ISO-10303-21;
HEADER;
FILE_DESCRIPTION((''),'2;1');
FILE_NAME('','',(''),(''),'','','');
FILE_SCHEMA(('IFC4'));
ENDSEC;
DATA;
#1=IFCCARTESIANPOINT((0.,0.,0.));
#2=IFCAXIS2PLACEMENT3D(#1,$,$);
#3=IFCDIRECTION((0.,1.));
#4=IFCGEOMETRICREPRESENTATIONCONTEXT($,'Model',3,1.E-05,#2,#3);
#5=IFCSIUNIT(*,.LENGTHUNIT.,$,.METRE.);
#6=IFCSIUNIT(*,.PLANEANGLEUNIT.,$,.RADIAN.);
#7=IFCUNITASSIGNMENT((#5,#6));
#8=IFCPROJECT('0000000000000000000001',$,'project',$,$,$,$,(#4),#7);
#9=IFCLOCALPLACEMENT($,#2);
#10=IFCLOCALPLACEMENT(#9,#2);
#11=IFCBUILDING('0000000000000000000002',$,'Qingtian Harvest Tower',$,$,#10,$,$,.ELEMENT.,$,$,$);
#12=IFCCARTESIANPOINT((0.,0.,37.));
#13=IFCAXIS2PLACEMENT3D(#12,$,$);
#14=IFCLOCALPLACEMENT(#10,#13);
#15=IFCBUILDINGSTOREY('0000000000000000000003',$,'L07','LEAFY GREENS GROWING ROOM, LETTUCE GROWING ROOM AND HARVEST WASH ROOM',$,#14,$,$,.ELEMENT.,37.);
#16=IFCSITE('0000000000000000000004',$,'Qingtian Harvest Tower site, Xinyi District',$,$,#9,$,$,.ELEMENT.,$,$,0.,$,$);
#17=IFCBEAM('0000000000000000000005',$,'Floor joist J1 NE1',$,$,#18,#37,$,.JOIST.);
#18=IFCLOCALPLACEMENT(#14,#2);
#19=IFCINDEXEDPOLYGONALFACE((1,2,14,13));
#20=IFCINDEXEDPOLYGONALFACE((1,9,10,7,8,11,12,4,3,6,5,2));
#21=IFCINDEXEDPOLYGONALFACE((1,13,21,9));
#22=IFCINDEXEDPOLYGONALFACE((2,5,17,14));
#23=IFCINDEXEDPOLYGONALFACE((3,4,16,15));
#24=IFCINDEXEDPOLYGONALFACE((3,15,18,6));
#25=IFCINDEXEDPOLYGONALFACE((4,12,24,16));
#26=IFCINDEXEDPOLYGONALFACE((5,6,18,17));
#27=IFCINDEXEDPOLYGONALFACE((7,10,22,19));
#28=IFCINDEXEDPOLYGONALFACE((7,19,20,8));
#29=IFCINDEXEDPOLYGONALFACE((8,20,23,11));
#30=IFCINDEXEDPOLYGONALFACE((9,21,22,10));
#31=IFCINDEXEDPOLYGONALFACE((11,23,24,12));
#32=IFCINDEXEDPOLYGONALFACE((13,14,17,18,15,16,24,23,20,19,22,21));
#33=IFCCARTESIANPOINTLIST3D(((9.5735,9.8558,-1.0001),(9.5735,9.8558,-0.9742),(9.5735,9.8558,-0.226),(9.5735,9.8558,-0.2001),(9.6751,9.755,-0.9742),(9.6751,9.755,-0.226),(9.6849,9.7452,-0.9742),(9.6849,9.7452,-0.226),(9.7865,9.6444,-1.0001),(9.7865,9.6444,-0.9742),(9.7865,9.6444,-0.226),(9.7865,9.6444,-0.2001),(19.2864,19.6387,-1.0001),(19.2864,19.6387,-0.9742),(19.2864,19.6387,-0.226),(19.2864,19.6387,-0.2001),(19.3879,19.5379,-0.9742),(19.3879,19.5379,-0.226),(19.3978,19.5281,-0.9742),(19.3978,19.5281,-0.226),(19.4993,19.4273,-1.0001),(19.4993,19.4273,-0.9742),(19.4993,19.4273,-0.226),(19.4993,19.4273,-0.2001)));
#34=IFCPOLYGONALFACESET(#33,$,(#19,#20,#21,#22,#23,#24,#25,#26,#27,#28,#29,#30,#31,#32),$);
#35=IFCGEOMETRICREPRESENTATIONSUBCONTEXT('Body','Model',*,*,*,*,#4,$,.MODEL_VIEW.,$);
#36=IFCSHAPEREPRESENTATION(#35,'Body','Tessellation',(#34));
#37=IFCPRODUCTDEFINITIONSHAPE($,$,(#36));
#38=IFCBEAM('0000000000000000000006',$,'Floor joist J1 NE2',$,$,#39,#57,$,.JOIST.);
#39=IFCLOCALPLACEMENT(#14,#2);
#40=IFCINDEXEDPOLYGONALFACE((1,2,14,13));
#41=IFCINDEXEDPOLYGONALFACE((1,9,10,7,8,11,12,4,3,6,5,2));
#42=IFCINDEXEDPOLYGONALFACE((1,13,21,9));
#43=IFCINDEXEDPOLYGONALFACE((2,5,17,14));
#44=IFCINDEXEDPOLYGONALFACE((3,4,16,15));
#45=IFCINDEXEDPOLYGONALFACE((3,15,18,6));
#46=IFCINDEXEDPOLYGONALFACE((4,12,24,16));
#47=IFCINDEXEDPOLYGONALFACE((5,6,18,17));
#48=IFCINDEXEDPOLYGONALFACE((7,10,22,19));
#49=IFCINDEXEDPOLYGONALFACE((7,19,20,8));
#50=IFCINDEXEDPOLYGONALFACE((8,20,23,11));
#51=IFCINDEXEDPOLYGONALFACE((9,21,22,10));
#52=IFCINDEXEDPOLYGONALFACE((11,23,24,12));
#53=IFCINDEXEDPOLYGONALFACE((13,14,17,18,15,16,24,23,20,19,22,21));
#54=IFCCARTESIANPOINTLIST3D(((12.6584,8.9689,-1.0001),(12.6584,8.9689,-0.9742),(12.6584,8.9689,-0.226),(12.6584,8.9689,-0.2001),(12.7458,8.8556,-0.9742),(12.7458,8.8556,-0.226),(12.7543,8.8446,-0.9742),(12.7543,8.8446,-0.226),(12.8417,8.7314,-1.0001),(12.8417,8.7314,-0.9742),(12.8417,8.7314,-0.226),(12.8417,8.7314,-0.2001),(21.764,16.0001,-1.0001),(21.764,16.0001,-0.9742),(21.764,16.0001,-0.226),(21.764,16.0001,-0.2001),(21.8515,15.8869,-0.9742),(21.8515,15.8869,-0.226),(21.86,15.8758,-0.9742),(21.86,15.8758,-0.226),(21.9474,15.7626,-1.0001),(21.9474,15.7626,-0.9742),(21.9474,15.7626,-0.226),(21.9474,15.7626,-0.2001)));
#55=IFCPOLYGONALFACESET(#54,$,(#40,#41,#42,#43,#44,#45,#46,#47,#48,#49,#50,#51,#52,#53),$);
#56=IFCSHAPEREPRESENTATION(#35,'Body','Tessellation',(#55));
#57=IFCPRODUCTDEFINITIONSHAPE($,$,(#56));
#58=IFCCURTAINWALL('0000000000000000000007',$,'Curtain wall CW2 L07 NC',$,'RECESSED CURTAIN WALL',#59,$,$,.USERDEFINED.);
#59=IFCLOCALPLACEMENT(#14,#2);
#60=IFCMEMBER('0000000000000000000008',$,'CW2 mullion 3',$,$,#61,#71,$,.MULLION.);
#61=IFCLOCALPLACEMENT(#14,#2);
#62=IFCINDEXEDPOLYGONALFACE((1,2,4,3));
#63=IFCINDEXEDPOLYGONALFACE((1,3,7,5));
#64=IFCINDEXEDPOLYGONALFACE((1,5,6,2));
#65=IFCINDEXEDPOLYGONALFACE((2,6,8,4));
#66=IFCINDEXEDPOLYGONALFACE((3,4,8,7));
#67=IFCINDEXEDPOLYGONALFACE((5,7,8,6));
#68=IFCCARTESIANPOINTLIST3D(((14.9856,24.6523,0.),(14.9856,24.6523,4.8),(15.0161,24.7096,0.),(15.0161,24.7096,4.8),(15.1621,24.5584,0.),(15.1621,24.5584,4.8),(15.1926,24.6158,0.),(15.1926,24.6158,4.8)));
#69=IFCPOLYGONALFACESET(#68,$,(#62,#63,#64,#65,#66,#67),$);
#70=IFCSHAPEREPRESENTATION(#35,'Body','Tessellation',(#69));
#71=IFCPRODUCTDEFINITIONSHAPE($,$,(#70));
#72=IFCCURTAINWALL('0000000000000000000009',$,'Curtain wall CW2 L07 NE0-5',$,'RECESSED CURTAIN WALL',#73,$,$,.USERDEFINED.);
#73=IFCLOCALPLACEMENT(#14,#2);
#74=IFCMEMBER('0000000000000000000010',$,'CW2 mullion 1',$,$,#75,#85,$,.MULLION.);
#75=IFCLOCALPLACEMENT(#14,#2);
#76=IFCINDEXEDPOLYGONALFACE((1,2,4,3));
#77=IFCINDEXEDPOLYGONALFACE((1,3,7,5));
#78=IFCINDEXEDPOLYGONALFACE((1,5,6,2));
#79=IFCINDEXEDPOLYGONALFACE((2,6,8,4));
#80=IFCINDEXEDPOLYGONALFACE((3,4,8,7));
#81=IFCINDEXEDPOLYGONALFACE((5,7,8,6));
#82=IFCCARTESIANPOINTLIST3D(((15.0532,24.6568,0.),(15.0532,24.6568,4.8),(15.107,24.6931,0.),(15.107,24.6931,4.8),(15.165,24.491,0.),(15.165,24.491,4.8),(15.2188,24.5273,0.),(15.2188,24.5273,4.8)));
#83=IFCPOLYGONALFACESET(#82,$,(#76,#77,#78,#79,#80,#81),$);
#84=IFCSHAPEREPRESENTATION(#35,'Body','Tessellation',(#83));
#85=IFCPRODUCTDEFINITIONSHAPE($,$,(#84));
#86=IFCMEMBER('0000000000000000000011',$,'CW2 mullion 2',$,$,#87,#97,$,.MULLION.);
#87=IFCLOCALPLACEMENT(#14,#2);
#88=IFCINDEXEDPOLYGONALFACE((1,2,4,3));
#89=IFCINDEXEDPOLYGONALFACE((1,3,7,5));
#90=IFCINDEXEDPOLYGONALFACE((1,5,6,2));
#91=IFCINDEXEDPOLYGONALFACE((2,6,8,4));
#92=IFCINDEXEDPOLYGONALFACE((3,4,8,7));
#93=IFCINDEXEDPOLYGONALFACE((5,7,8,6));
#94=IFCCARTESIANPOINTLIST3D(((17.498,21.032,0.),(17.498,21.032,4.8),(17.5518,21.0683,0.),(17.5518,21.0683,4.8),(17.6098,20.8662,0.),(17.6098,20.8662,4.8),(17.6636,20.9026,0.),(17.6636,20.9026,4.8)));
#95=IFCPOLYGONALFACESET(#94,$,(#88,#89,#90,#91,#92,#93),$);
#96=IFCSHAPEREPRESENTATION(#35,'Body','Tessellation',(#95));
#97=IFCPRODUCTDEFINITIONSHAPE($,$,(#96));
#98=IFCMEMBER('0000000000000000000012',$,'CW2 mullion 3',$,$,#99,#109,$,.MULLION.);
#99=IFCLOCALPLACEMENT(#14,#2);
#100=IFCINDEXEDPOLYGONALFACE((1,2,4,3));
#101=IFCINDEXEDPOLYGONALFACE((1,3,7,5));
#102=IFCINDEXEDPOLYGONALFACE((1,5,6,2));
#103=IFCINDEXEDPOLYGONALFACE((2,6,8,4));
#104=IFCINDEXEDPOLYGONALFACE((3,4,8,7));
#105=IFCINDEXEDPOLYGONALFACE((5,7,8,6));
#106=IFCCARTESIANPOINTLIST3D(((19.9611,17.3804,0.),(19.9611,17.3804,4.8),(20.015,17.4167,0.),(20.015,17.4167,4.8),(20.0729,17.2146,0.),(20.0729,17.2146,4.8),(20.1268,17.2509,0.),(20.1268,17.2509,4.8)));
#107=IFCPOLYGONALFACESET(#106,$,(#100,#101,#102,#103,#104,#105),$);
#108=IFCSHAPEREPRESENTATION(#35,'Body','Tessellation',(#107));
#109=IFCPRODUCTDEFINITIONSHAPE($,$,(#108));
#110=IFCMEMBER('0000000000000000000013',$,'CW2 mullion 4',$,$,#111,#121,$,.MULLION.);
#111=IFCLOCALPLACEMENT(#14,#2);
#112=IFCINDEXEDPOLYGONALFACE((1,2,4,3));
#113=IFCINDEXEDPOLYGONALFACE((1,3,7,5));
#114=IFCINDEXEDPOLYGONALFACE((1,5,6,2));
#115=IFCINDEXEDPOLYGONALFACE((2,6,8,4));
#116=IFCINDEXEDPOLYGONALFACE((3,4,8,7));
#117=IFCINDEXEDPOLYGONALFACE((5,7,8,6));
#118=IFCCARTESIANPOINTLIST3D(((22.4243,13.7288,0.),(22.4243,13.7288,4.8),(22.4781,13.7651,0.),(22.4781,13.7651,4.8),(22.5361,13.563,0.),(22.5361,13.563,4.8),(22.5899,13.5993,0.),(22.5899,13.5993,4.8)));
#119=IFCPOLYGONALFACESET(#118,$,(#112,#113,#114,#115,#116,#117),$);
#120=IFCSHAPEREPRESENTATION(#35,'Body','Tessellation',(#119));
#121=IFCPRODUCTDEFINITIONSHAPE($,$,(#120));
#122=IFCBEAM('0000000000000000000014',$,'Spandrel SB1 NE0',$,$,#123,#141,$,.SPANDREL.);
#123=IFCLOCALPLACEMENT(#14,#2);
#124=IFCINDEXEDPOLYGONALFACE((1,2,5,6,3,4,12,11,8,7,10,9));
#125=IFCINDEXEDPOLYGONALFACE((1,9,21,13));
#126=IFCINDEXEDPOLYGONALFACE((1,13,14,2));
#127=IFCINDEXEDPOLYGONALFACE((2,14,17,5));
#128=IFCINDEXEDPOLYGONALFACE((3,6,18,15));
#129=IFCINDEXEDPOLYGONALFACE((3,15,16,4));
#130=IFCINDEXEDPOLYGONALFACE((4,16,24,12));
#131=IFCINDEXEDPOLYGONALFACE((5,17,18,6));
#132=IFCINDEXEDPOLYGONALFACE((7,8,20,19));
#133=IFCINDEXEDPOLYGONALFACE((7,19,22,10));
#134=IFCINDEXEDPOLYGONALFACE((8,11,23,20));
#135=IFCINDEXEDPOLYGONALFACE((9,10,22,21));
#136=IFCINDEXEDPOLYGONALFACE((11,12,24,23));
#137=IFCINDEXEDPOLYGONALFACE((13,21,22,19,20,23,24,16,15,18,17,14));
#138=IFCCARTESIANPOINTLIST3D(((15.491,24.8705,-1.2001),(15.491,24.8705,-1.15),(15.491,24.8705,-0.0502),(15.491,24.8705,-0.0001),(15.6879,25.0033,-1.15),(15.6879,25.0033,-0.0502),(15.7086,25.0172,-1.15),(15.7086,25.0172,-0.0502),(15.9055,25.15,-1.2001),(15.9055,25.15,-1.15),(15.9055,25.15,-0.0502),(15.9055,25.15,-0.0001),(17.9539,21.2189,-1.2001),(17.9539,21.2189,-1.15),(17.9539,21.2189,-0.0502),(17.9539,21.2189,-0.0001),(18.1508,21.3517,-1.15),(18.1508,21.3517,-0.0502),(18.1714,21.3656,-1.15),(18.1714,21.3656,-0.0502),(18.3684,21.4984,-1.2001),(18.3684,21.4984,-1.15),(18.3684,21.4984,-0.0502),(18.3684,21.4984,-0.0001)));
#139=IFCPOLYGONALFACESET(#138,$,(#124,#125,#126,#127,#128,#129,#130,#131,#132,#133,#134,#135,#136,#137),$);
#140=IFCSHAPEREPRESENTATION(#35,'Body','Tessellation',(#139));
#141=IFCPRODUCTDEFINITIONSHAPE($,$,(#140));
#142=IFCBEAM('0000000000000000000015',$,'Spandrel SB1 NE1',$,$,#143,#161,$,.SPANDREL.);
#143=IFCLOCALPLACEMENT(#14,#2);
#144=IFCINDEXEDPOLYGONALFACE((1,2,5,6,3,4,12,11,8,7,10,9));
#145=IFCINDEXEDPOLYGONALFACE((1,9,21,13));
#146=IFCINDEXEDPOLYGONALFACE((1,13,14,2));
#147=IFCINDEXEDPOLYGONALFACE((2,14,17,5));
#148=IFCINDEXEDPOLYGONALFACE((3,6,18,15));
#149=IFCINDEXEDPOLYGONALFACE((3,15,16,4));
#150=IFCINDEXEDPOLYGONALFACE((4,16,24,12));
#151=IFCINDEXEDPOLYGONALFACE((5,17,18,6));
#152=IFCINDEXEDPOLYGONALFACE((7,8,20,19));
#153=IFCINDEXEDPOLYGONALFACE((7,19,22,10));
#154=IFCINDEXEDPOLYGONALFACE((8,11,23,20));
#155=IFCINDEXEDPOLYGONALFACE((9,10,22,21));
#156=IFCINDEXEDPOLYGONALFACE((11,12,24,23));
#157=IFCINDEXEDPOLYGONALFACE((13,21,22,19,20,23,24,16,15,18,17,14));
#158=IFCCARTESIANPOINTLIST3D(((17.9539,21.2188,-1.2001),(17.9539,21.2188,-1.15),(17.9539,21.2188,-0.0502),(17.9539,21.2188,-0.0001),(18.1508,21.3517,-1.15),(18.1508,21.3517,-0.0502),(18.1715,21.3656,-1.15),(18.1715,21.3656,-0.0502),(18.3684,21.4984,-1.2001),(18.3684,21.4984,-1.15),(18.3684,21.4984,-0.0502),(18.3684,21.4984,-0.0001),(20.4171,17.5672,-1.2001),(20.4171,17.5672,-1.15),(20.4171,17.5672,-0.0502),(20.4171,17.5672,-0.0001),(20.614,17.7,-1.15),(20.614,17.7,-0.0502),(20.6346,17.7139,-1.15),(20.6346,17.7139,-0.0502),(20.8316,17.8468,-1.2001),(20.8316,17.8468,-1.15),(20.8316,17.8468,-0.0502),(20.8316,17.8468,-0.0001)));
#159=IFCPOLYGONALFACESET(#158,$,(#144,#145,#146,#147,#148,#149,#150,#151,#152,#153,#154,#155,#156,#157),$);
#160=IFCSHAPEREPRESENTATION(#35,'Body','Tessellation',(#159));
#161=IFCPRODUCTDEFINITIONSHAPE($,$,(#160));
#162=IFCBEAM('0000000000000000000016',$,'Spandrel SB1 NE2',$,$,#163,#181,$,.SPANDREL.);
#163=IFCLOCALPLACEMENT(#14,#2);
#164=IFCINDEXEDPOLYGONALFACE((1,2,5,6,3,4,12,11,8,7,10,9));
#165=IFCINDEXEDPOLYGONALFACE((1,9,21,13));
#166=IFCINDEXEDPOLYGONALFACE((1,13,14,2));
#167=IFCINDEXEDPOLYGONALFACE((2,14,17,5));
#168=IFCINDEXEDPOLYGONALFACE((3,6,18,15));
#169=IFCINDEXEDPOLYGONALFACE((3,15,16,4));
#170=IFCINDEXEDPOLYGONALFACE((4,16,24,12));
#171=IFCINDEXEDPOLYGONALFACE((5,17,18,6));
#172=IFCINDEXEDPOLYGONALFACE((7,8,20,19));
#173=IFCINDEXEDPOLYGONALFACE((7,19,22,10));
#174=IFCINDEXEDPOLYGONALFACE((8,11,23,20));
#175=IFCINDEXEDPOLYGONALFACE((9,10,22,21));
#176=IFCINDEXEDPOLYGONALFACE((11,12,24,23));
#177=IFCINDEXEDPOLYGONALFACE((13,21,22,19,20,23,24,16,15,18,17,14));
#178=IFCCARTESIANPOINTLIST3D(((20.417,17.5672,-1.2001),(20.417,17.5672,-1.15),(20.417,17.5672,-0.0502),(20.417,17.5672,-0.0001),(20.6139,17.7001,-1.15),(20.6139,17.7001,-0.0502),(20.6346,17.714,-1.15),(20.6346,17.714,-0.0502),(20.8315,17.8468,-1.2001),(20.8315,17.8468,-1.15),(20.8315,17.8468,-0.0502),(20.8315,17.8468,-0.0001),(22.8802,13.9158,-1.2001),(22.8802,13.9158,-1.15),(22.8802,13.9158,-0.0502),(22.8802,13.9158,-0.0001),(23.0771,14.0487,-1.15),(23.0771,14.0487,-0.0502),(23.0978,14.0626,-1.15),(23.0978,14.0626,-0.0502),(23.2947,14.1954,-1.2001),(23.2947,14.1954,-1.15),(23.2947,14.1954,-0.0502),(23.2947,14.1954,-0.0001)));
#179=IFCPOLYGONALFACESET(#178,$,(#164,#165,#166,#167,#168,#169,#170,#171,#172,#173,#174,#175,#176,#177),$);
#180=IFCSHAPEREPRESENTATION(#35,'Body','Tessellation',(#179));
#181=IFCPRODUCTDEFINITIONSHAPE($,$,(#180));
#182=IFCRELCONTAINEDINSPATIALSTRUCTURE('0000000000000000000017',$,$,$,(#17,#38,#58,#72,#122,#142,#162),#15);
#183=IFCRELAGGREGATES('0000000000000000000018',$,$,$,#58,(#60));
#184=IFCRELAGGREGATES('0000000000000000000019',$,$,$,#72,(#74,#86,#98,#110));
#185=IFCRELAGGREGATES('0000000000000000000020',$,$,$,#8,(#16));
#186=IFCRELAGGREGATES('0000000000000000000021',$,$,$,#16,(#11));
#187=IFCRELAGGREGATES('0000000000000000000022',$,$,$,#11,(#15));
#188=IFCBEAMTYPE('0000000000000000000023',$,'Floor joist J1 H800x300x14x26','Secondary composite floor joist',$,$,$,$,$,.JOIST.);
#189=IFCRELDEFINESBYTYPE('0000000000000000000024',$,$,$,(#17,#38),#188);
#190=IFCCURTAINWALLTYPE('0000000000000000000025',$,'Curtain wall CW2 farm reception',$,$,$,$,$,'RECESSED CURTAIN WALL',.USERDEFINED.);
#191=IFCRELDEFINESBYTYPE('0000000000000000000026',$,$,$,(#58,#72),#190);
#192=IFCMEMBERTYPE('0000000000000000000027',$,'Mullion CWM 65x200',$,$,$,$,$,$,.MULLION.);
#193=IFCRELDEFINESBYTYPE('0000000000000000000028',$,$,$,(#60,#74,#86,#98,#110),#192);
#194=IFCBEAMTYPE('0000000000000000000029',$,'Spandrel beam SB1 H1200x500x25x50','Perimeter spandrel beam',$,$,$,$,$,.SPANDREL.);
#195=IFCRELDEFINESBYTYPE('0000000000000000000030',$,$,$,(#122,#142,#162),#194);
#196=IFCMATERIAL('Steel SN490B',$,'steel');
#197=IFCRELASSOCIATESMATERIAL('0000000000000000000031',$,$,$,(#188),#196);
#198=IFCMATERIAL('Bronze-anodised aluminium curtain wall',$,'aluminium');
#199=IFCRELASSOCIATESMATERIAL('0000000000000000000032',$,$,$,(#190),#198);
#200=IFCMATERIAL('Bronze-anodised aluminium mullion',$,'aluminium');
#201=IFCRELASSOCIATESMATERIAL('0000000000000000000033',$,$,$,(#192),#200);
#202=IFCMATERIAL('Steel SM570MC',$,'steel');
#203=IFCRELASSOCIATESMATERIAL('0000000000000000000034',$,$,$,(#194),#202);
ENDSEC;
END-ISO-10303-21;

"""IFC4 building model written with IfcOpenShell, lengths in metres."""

from ifc_helpers import new_model, si_unit, direction, frame, origin, origin_2d, place, context, subcontext, project, spatial, rectangle, i_section, extrude, material, material_profile, profile_set, type_object, element, aggregate, save


model = new_model("IFC4")

# Units and contexts
model_context = context("Model", 3, precision=1e-05, world=origin(), true_north=direction((0.0, 1.0)))
body_context = subcontext(model_context, "Body", "Model", "MODEL_VIEW")
ifc_project = project(units=[si_unit("LENGTHUNIT", "METRE"), si_unit("PLANEANGLEUNIT", "RADIAN")], contexts=[model_context])

# Site, building, storey
site_placement = place(None, origin())
site = spatial("IfcSite", under=ifc_project, at=site_placement, Name="Qingtian Harvest Tower site, Xinyi District", CompositionType="ELEMENT", RefElevation=0.0)
building_placement = place(site_placement, origin())
building = spatial("IfcBuilding", under=site, at=building_placement, Name="Qingtian Harvest Tower", CompositionType="ELEMENT")
storey_placement = place(building_placement, frame((0.0, 0.0, 37.0)))
storey = spatial("IfcBuildingStorey", under=building, at=storey_placement, Name="L07", Description="LEAFY GREENS GROWING ROOM, LETTUCE GROWING ROOM AND HARVEST WASH ROOM", CompositionType="ELEMENT", Elevation=37.0)

# Beams
ifc_material_1 = material(Name="Steel SN490B", Category="steel")
ifc_material_profile_1 = material_profile(ifc_material_1, i_section(OverallWidth=0.3, OverallDepth=0.8, WebThickness=0.0139, FlangeThickness=0.0259, at=origin_2d()), Name="H800x300x14x26")
ifc_profile_set_1 = profile_set([ifc_material_profile_1], Name="Steel SN490B")
beam_type_1 = type_object("IfcBeamType", Name="Floor joist J1 H800x300x14x26", Description="Secondary composite floor joist", PredefinedType="JOIST", material=ifc_profile_set_1)
beam_1_placement = place(storey_placement, frame((19.3928, 19.533, -0.6001), z_axis=(-0.704561, -0.709644, 0.0), x_axis=(0.709644, -0.704561, 0.0)))
element("IfcBeam", 1, at=beam_1_placement, inside=storey, type_object=beam_type_1, Name="Floor joist J1 NE1", PredefinedType="JOIST", context=body_context, shape_type="SweptSolid", body=[
    extrude(i_section(OverallWidth=0.3, OverallDepth=0.8, WebThickness=0.0139, FlangeThickness=0.0259, at=origin_2d()), origin(), (0.0, 0.0, 1.0), 13.7856),
])
beam_2_placement = place(storey_placement, frame((21.8557, 15.8813, -0.6001), z_axis=(-0.791495, -0.611176, 0.0), x_axis=(0.611176, -0.791495, 0.0)))
element("IfcBeam", 2, at=beam_2_placement, inside=storey, type_object=beam_type_1, Name="Floor joist J1 NE2", PredefinedType="JOIST", context=body_context, shape_type="SweptSolid", body=[
    extrude(i_section(OverallWidth=0.3, OverallDepth=0.8, WebThickness=0.0139, FlangeThickness=0.0259, at=origin_2d()), origin(), (0.0, 0.0, 1.0), 11.5044),
])

# Curtain wall, member
ifc_material_2 = material(Name="Bronze-anodised aluminium curtain wall", Category="aluminium")
curtain_wall_type = type_object("IfcCurtainWallType", Name="Curtain wall CW2 farm reception", ElementType="RECESSED CURTAIN WALL", PredefinedType="USERDEFINED", material=ifc_material_2)
curtain_wall_1_placement = place(storey_placement, origin())
curtain_wall_1 = element("IfcCurtainWall", 3, at=curtain_wall_1_placement, inside=storey, type_object=curtain_wall_type, Name="Curtain wall CW2 L07 NC", ObjectType="RECESSED CURTAIN WALL", PredefinedType="USERDEFINED")
ifc_material_3 = material(Name="Bronze-anodised aluminium mullion", Category="aluminium")
ifc_material_profile_2 = material_profile(ifc_material_3, rectangle(XDim=0.0649, YDim=0.2, at=origin_2d()), Name="AL 65x200")
ifc_profile_set_2 = profile_set([ifc_material_profile_2], Name="Bronze-anodised aluminium mullion")
member_type_1 = type_object("IfcMemberType", Name="Mullion CWM 65x200", PredefinedType="MULLION", material=ifc_profile_set_2)
member_1_placement = place(storey_placement, frame((15.0891, 24.634, 0.0), z_axis=(0.0, 0.0, 1.0), x_axis=(0.469472, 0.882948, 0.0)))
member_1 = element("IfcMember", 4, at=member_1_placement, type_object=member_type_1, Name="CW2 mullion 3", PredefinedType="MULLION", context=body_context, shape_type="SweptSolid", body=[
    extrude(rectangle(XDim=0.0649, YDim=0.2, at=origin_2d()), origin(), (0.0, 0.0, 1.0), 4.8),
])

# Curtain wall, members
curtain_wall_2_placement = place(storey_placement, origin())
curtain_wall_2 = element("IfcCurtainWall", 5, at=curtain_wall_2_placement, inside=storey, type_object=curtain_wall_type, Name="Curtain wall CW2 L07 NE0-5", ObjectType="RECESSED CURTAIN WALL", PredefinedType="USERDEFINED")
member_2_placement = place(storey_placement, frame((15.136, 24.592, 0.0), z_axis=(0.0, 0.0, 1.0), x_axis=(0.829038, 0.559193, 0.0)))
member_2 = element("IfcMember", 6, at=member_2_placement, type_object=member_type_1, Name="CW2 mullion 1", PredefinedType="MULLION", context=body_context, shape_type="SweptSolid", body=[
    extrude(rectangle(XDim=0.0649, YDim=0.2, at=origin_2d()), origin(), (0.0, 0.0, 1.0), 4.8),
])
member_3_placement = place(storey_placement, frame((17.5808, 20.9673, 0.0), z_axis=(0.0, 0.0, 1.0), x_axis=(0.829038, 0.559193, 0.0)))
member_3 = element("IfcMember", 7, at=member_3_placement, type_object=member_type_1, Name="CW2 mullion 2", PredefinedType="MULLION", context=body_context, shape_type="SweptSolid", body=[
    extrude(rectangle(XDim=0.0649, YDim=0.2, at=origin_2d()), origin(), (0.0, 0.0, 1.0), 4.8),
])
member_4_placement = place(storey_placement, frame((20.0439, 17.3157, 0.0), z_axis=(0.0, 0.0, 1.0), x_axis=(0.829038, 0.559193, 0.0)))
member_4 = element("IfcMember", 8, at=member_4_placement, type_object=member_type_1, Name="CW2 mullion 3", PredefinedType="MULLION", context=body_context, shape_type="SweptSolid", body=[
    extrude(rectangle(XDim=0.0649, YDim=0.2, at=origin_2d()), origin(), (0.0, 0.0, 1.0), 4.8),
])
member_5_placement = place(storey_placement, frame((22.5071, 13.6641, 0.0), z_axis=(0.0, 0.0, 1.0), x_axis=(0.829038, 0.559193, 0.0)))
member_5 = element("IfcMember", 9, at=member_5_placement, type_object=member_type_1, Name="CW2 mullion 4", PredefinedType="MULLION", context=body_context, shape_type="SweptSolid", body=[
    extrude(rectangle(XDim=0.0649, YDim=0.2, at=origin_2d()), origin(), (0.0, 0.0, 1.0), 4.8),
])

# Beams
ifc_material_4 = material(Name="Steel SM570MC", Category="steel")
ifc_material_profile_3 = material_profile(ifc_material_4, i_section(OverallWidth=0.5, OverallDepth=1.2, WebThickness=0.0249, FlangeThickness=0.05, at=origin_2d()), Name="H1200x500x25x50")
ifc_profile_set_3 = profile_set([ifc_material_profile_3], Name="Steel SM570MC")
beam_type_2 = type_object("IfcBeamType", Name="Spandrel beam SB1 H1200x500x25x50", Description="Perimeter spandrel beam", PredefinedType="SPANDREL", material=ifc_profile_set_3)
beam_3_placement = place(storey_placement, frame((15.6982, 25.0103, -0.6001), z_axis=(0.559169, -0.829054, 0.0), x_axis=(0.829054, 0.559169, 0.0)))
element("IfcBeam", 10, at=beam_3_placement, inside=storey, type_object=beam_type_2, Name="Spandrel SB1 NE0", PredefinedType="SPANDREL", context=body_context, shape_type="SweptSolid", body=[
    extrude(i_section(OverallWidth=0.5, OverallDepth=1.2, WebThickness=0.0249, FlangeThickness=0.05, at=origin_2d()), origin(), (0.0, 0.0, 1.0), 4.4045),
])
beam_4_placement = place(storey_placement, frame((18.1611, 21.3586, -0.6001), z_axis=(0.559207, -0.829028, 0.0), x_axis=(0.829028, 0.559207, 0.0)))
element("IfcBeam", 11, at=beam_4_placement, inside=storey, type_object=beam_type_2, Name="Spandrel SB1 NE1", PredefinedType="SPANDREL", context=body_context, shape_type="SweptSolid", body=[
    extrude(i_section(OverallWidth=0.5, OverallDepth=1.2, WebThickness=0.0249, FlangeThickness=0.05, at=origin_2d()), origin(), (0.0, 0.0, 1.0), 4.4048),
])
for number, where, z_axis, x_axis, name in (
    (12, (20.6243, 17.707, -0.6001), (0.559233, -0.829011, 0.0), (0.829011, 0.559233, 0.0), "Spandrel SB1 NE2"),
):
    element("IfcBeam", number, at=place(storey_placement, frame(where, z_axis=z_axis, x_axis=x_axis)), inside=storey, type_object=beam_type_2, Name=name, PredefinedType="SPANDREL", context=body_context, shape_type="SweptSolid", body=[
        extrude(i_section(OverallWidth=0.5, OverallDepth=1.2, WebThickness=0.0249, FlangeThickness=0.05, at=origin_2d()), origin(), (0.0, 0.0, 1.0), 4.4045),
    ])

aggregate(curtain_wall_1, [member_1])
aggregate(curtain_wall_2, [member_2, member_3, member_4, member_5])

save(model, "model.ifc")
